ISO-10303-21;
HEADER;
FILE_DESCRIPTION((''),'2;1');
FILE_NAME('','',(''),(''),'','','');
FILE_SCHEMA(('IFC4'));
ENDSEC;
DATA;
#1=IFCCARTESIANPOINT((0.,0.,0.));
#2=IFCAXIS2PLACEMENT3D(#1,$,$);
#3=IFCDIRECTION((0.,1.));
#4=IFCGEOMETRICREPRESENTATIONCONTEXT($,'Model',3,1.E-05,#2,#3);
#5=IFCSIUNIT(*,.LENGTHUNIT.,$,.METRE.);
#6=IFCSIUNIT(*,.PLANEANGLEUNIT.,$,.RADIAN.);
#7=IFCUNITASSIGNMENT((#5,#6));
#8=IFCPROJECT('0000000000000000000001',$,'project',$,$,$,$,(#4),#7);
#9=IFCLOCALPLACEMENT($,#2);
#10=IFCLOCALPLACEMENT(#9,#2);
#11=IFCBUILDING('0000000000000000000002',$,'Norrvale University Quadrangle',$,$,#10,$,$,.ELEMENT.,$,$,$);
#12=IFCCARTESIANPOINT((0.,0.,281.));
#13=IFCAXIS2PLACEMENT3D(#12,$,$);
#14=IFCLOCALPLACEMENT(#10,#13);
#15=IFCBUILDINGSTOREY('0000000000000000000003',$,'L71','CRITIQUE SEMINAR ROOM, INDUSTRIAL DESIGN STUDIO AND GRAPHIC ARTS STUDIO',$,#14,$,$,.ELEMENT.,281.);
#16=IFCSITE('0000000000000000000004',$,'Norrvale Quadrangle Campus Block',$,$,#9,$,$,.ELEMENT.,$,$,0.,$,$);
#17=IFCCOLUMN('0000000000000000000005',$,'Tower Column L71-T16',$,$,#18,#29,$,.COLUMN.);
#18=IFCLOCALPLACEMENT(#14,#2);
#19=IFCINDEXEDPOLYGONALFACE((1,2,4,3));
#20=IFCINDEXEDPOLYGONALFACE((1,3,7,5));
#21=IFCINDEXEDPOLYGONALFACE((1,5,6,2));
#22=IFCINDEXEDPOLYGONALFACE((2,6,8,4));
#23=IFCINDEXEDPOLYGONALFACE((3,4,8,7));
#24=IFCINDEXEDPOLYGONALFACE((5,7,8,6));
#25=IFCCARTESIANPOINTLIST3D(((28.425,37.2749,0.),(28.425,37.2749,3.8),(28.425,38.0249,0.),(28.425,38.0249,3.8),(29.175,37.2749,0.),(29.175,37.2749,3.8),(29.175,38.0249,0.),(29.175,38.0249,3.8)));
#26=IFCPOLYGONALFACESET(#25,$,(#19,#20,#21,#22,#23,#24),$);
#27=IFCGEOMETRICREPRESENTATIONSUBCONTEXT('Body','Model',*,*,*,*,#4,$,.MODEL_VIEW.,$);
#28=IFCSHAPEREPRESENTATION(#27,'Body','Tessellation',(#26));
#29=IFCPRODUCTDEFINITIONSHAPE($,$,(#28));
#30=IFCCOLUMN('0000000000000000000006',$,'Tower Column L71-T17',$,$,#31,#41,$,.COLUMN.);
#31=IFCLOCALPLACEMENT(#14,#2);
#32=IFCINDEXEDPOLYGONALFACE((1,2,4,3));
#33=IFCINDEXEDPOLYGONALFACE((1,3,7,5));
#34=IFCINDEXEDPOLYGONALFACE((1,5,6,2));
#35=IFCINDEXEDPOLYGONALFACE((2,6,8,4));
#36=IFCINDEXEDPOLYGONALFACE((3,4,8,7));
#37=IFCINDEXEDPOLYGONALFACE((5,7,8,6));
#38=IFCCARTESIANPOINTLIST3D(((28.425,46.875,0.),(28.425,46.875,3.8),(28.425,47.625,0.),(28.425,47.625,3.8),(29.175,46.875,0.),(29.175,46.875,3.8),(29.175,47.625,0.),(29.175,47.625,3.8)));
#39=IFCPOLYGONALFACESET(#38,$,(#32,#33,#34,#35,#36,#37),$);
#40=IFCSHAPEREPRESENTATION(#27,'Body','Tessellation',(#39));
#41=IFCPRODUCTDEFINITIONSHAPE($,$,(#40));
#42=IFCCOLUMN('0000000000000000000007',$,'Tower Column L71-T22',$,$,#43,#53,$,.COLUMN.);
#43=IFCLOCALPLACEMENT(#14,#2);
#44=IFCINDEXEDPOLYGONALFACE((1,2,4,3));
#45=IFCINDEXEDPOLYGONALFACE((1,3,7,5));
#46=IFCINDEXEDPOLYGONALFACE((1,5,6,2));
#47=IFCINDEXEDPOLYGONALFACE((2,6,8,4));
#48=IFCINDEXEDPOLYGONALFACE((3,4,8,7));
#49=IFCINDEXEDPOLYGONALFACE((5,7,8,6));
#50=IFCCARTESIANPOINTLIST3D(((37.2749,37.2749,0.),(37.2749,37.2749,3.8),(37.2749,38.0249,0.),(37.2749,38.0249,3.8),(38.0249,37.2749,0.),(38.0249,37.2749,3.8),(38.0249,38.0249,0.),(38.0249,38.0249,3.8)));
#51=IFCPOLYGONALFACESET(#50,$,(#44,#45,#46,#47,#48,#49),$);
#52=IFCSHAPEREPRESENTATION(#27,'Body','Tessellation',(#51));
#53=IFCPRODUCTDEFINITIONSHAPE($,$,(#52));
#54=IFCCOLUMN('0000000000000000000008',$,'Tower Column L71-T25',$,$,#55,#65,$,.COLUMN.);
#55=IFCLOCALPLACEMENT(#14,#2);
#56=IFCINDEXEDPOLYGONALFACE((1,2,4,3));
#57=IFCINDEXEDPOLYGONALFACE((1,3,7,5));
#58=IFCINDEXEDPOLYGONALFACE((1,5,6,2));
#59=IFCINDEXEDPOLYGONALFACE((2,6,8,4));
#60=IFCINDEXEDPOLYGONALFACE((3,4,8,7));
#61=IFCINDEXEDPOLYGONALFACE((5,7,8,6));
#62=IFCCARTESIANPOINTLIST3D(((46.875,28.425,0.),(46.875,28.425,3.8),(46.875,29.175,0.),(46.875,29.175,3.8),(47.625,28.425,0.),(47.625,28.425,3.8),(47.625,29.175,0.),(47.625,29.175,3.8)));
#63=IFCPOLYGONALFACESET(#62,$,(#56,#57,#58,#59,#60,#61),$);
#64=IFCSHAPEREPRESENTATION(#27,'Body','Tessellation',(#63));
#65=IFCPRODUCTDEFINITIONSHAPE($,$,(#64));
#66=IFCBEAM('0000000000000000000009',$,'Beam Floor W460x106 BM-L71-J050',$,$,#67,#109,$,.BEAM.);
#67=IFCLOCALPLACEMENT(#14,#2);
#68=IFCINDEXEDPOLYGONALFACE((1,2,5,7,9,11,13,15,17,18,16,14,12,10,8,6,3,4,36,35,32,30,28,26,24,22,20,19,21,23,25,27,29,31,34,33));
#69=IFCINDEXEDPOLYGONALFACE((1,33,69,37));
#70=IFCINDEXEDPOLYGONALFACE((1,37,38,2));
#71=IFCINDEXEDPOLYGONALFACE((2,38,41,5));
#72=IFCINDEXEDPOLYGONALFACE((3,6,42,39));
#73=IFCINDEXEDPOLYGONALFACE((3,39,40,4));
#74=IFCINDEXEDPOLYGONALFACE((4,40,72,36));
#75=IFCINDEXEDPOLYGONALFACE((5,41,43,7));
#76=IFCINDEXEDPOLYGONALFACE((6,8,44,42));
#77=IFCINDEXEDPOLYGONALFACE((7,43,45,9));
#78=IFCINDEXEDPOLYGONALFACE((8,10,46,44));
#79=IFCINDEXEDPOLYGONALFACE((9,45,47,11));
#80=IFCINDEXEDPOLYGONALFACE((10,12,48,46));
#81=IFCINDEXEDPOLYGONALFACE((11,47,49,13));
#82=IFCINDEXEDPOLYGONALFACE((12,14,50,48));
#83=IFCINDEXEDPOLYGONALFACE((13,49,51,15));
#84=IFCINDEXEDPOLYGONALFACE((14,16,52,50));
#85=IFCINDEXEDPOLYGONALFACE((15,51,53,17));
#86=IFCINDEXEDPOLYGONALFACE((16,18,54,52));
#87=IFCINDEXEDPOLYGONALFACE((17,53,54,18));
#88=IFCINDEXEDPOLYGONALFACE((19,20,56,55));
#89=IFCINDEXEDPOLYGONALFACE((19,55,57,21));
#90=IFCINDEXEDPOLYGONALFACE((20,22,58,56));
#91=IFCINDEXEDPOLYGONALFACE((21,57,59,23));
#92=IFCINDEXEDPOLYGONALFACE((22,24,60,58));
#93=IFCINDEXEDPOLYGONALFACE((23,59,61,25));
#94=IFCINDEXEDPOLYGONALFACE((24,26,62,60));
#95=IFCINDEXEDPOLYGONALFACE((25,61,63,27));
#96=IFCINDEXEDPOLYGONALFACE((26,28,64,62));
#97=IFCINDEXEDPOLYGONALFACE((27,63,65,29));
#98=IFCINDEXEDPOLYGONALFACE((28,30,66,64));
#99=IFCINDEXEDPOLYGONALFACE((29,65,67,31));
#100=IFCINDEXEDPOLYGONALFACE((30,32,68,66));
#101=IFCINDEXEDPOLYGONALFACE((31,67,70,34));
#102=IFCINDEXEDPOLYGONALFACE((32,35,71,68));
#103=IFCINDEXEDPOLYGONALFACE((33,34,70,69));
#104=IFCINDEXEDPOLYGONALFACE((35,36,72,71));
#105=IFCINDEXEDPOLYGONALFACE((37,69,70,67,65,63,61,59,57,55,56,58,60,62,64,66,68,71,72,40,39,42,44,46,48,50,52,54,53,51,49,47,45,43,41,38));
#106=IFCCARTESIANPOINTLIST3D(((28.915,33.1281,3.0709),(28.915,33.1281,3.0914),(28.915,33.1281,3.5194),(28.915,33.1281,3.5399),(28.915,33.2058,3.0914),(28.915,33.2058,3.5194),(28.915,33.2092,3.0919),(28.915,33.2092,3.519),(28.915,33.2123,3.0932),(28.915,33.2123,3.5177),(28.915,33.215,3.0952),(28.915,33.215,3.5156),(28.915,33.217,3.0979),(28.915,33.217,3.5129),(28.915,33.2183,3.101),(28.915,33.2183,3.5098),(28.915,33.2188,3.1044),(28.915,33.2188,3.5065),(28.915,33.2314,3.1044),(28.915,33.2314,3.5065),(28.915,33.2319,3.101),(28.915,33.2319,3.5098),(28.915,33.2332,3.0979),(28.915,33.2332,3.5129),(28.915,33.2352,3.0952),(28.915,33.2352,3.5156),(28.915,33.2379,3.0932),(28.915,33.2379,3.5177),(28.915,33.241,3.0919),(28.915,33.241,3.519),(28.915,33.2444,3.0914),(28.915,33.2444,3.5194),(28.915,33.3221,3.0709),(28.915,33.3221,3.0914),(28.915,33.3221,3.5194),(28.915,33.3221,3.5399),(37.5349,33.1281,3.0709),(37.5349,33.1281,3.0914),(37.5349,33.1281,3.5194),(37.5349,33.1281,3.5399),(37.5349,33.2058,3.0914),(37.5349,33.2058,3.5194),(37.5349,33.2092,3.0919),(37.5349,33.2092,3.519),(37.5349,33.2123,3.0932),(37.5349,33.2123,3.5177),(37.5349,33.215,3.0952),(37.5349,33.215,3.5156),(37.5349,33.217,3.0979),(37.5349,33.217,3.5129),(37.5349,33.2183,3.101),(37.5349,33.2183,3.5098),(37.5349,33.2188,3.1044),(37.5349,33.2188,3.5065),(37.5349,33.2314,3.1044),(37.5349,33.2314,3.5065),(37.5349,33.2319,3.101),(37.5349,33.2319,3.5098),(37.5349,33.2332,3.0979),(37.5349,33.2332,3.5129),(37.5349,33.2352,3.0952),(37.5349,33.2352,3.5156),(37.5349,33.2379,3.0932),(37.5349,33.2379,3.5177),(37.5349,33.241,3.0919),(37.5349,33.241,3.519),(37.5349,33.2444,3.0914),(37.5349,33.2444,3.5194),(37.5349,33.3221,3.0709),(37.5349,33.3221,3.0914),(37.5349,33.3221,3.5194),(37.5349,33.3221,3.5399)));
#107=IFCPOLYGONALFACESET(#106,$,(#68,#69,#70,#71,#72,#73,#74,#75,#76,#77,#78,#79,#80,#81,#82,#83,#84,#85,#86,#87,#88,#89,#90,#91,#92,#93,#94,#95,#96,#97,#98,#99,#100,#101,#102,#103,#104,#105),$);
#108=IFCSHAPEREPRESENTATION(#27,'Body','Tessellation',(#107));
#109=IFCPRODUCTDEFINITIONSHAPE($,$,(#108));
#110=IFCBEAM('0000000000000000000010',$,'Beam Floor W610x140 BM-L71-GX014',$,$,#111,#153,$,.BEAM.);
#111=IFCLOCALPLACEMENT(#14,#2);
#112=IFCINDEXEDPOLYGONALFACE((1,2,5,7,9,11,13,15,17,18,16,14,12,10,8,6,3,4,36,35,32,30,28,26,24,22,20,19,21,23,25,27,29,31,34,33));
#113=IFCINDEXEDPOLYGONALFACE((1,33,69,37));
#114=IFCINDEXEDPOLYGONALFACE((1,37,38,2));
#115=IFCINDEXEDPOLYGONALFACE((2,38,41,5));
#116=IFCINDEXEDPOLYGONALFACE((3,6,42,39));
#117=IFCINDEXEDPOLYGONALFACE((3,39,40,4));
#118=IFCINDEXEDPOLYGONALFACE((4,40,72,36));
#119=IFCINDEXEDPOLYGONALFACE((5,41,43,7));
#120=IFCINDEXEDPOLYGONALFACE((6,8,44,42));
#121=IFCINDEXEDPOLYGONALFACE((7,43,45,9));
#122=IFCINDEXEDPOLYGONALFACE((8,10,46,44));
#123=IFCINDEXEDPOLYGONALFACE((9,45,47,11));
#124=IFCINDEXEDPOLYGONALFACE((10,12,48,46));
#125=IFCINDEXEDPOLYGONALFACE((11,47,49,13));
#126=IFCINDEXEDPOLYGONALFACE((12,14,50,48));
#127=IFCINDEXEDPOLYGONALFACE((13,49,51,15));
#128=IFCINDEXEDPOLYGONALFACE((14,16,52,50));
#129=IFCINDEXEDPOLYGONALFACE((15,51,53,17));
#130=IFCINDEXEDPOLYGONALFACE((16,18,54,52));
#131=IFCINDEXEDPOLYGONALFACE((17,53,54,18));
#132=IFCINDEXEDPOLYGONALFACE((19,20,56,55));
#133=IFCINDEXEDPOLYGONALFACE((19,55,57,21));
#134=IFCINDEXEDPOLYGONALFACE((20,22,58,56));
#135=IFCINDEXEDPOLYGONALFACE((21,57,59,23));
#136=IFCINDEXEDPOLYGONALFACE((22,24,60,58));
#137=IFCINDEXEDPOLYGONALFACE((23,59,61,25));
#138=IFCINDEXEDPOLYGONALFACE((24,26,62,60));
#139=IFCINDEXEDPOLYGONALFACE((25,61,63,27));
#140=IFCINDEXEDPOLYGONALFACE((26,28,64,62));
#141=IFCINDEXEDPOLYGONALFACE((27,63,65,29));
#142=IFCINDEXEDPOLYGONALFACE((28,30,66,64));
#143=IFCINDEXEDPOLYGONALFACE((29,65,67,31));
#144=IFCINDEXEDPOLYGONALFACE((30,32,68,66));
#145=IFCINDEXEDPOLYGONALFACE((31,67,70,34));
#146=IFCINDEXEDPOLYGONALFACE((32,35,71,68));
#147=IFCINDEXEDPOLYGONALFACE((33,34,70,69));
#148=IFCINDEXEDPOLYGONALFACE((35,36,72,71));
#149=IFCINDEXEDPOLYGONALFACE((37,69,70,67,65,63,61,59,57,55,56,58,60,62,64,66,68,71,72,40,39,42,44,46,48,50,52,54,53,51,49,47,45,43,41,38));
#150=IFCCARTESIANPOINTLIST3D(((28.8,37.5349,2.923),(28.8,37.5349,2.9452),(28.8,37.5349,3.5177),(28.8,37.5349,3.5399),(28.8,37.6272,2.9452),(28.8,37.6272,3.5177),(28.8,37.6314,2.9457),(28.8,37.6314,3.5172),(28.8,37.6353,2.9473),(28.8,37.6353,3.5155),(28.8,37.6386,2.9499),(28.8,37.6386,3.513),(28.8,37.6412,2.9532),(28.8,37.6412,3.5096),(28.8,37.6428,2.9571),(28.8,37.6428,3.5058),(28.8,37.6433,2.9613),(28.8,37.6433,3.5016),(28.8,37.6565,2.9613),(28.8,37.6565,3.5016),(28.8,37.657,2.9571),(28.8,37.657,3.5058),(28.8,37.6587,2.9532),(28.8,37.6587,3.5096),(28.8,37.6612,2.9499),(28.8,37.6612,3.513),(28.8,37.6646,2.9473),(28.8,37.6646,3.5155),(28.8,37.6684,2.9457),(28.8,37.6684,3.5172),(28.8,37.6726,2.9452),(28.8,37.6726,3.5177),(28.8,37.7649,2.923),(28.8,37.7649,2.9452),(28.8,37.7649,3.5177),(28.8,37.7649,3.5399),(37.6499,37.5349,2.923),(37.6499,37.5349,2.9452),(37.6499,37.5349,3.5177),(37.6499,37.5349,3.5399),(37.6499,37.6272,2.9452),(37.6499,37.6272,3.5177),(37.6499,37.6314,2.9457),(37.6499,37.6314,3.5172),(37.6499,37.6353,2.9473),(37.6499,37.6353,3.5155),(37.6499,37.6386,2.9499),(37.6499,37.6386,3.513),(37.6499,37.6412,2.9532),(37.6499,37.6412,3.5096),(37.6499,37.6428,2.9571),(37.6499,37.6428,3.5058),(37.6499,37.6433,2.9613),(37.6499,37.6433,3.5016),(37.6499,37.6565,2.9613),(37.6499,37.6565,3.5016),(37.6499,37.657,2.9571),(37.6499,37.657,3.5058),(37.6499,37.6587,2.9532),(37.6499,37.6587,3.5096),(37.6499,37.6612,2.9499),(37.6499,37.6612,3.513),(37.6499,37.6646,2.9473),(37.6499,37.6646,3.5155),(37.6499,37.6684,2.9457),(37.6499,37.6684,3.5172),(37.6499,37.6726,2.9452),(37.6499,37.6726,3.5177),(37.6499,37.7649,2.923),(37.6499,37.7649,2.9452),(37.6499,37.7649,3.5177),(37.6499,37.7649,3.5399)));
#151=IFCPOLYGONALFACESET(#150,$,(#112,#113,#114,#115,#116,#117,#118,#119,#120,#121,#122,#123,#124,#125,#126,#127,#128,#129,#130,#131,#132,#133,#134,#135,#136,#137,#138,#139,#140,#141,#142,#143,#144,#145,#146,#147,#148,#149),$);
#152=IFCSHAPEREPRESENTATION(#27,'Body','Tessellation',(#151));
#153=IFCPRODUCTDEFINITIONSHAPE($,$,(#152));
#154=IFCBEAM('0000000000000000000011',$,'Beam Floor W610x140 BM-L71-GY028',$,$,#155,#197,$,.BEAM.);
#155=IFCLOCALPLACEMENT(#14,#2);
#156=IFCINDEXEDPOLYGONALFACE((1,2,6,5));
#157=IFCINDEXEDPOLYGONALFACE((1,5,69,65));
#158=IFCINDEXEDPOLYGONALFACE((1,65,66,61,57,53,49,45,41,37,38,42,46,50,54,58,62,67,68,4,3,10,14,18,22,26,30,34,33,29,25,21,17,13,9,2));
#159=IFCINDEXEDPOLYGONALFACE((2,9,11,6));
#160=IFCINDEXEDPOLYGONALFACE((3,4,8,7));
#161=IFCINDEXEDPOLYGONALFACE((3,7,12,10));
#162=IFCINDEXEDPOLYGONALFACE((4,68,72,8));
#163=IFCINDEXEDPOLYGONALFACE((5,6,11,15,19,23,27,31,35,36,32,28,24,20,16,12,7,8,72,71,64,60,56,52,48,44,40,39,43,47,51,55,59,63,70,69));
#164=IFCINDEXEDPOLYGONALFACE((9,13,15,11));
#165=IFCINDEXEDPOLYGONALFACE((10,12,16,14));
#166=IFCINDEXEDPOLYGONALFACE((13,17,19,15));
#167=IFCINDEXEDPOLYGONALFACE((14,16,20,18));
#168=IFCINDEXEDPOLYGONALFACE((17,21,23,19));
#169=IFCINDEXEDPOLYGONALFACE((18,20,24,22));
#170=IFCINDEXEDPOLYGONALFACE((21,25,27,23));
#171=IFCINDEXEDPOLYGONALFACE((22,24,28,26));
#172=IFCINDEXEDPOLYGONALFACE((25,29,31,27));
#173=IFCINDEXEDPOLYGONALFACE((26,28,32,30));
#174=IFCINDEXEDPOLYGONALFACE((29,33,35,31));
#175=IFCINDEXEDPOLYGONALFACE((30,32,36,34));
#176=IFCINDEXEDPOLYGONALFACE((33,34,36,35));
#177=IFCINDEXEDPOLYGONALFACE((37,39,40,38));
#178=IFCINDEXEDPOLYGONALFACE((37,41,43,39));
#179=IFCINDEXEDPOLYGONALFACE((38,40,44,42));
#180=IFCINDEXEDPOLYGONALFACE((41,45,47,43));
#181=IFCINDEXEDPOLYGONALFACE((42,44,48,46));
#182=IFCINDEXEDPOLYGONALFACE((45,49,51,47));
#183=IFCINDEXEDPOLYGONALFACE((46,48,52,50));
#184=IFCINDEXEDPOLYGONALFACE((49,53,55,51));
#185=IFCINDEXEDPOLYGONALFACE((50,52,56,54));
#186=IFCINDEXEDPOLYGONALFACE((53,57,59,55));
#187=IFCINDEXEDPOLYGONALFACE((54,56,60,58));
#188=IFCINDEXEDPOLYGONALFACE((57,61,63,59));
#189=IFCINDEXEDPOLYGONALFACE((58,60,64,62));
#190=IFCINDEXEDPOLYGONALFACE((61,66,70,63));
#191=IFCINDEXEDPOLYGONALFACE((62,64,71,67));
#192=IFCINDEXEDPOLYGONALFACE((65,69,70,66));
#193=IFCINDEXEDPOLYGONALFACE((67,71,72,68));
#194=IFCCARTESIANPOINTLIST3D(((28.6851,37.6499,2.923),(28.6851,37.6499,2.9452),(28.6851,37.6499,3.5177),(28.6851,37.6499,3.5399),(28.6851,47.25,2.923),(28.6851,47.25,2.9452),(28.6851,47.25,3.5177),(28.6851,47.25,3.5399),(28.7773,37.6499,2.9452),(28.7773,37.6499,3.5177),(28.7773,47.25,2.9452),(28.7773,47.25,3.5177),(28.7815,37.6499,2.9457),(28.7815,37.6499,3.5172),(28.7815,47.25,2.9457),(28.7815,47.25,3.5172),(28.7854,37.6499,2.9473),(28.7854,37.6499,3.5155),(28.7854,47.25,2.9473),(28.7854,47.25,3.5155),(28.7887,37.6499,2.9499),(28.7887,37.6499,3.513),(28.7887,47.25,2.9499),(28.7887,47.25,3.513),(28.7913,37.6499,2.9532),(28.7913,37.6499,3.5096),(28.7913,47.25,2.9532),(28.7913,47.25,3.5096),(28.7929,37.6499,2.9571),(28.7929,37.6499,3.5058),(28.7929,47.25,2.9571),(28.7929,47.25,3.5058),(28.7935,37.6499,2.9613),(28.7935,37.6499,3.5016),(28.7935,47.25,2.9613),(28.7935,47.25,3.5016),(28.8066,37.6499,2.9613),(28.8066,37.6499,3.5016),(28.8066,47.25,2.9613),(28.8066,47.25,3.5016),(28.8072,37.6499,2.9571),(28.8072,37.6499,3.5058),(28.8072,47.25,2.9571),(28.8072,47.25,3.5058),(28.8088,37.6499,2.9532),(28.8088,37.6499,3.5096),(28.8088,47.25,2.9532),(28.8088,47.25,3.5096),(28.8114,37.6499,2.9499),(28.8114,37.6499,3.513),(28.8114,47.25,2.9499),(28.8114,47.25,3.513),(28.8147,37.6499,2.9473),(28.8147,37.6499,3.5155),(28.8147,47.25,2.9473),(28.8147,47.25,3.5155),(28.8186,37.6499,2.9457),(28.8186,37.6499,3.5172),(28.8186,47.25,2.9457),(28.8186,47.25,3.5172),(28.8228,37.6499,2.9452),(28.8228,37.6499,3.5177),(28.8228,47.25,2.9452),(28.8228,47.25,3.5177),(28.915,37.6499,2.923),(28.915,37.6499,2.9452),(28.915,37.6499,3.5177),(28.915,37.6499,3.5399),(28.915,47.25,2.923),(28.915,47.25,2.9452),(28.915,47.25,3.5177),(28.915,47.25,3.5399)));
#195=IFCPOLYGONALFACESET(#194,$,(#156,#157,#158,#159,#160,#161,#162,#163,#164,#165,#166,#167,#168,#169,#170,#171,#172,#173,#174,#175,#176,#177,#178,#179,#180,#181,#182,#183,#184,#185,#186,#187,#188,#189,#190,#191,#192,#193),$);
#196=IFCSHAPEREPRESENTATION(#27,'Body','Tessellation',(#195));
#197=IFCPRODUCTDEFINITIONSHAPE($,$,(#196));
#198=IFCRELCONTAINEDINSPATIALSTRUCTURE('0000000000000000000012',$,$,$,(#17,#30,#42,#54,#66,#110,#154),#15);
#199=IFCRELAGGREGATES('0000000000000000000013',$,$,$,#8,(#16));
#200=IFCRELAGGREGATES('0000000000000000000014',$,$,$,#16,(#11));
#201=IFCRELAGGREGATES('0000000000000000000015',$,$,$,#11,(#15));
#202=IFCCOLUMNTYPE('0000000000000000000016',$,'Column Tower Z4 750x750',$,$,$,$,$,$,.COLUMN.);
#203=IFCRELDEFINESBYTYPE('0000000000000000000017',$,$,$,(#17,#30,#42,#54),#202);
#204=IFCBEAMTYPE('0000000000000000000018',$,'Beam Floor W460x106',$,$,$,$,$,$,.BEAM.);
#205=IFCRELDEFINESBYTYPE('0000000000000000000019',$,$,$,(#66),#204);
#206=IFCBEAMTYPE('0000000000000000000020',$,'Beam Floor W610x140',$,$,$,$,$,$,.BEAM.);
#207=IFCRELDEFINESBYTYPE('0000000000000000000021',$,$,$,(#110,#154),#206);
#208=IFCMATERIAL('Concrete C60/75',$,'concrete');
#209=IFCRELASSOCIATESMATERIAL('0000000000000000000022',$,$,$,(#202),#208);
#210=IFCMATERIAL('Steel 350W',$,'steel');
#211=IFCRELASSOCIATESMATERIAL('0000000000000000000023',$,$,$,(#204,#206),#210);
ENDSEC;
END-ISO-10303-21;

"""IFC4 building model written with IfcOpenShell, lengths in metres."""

from ifc_helpers import new_model, si_unit, direction, frame, origin, origin_2d, place, context, subcontext, project, spatial, rectangle, i_section, extrude, material, material_profile, profile_set, type_object, element, save


model = new_model("IFC4")

# Units and contexts
model_context = context("Model", 3, precision=1e-05, world=origin(), true_north=direction((0.0, 1.0)))
body_context = subcontext(model_context, "Body", "Model", "MODEL_VIEW")
ifc_project = project(units=[si_unit("LENGTHUNIT", "METRE"), si_unit("PLANEANGLEUNIT", "RADIAN")], contexts=[model_context])

# Site, building, storey
site_placement = place(None, origin())
site = spatial("IfcSite", under=ifc_project, at=site_placement, Name="Norrvale Quadrangle Campus Block", CompositionType="ELEMENT", RefElevation=0.0)
building_placement = place(site_placement, origin())
building = spatial("IfcBuilding", under=site, at=building_placement, Name="Norrvale University Quadrangle", CompositionType="ELEMENT")
storey_placement = place(building_placement, frame((0.0, 0.0, 281.0)))
storey = spatial("IfcBuildingStorey", under=building, at=storey_placement, Name="L71", Description="CRITIQUE SEMINAR ROOM, INDUSTRIAL DESIGN STUDIO AND GRAPHIC ARTS STUDIO", CompositionType="ELEMENT", Elevation=281.0)

# Columns
ifc_material_1 = material(Name="Concrete C60/75", Category="concrete")
ifc_material_profile_1 = material_profile(ifc_material_1, rectangle(XDim=0.75, YDim=0.75, at=origin_2d()), Name="Concrete C60/75")
ifc_profile_set_1 = profile_set([ifc_material_profile_1], Name="Concrete C60/75")
column_type = type_object("IfcColumnType", Name="Column Tower Z4 750x750", PredefinedType="COLUMN", material=ifc_profile_set_1)
for number, where, z_axis, x_axis, name in (
    (1, (28.8, 37.6499, 0.0), (0.0, 0.0, 1.0), (1.0, 0.0, 0.0), "Tower Column L71-T16"),
    (2, (28.8, 47.25, 0.0), (0.0, 0.0, 1.0), (1.0, 0.0, 0.0), "Tower Column L71-T17"),
    (3, (37.6499, 37.6499, 0.0), (0.0, 0.0, 1.0), (1.0, 0.0, 0.0), "Tower Column L71-T22"),
    (4, (47.25, 28.8, 0.0), (0.0, 0.0, 1.0), (1.0, 0.0, 0.0), "Tower Column L71-T25"),
):
    element("IfcColumn", number, at=place(storey_placement, frame(where, z_axis=z_axis, x_axis=x_axis)), inside=storey, type_object=column_type, Name=name, PredefinedType="COLUMN", context=body_context, shape_type="SweptSolid", body=[
        extrude(rectangle(XDim=0.75, YDim=0.75, at=origin_2d()), origin(), (0.0, 0.0, 1.0), 3.8),
    ])

# Beams
ifc_material_2 = material(Name="Steel 350W", Category="steel")
ifc_material_profile_2 = material_profile(ifc_material_2, i_section(OverallWidth=0.1941, OverallDepth=0.469, WebThickness=0.0127, FlangeThickness=0.0205, FilletRadius=0.0129, at=origin_2d()), Name="Steel 350W")
ifc_profile_set_2 = profile_set([ifc_material_profile_2], Name="Steel 350W")
beam_type_1 = type_object("IfcBeamType", Name="Beam Floor W460x106", PredefinedType="BEAM", material=ifc_profile_set_2)
beam_1_placement = place(storey_placement, frame((28.915, 33.2251, 3.3054), z_axis=(1.0, 0.0, 0.0), x_axis=(0.0, 1.0, 0.0)))
element("IfcBeam", 5, at=beam_1_placement, inside=storey, type_object=beam_type_1, Name="Beam Floor W460x106 BM-L71-J050", PredefinedType="BEAM", context=body_context, shape_type="SweptSolid", body=[
    extrude(i_section(OverallWidth=0.1941, OverallDepth=0.469, WebThickness=0.0127, FlangeThickness=0.0205, FilletRadius=0.0129, at=origin_2d()), origin(), (0.0, 0.0, 1.0), 8.6199),
])
ifc_material_profile_3 = material_profile(ifc_material_2, i_section(OverallWidth=0.23, OverallDepth=0.6169, WebThickness=0.0132, FlangeThickness=0.0222, FilletRadius=0.0161, at=origin_2d()), Name="Steel 350W")
ifc_profile_set_3 = profile_set([ifc_material_profile_3], Name="Steel 350W")
beam_type_2 = type_object("IfcBeamType", Name="Beam Floor W610x140", PredefinedType="BEAM", material=ifc_profile_set_3)
beam_2_placement = place(storey_placement, frame((28.8, 37.6499, 3.2314), z_axis=(1.0, 0.0, 0.0), x_axis=(0.0, 1.0, 0.0)))
element("IfcBeam", 6, at=beam_2_placement, inside=storey, type_object=beam_type_2, Name="Beam Floor W610x140 BM-L71-GX014", PredefinedType="BEAM", context=body_context, shape_type="SweptSolid", body=[
    extrude(i_section(OverallWidth=0.23, OverallDepth=0.6169, WebThickness=0.0132, FlangeThickness=0.0222, FilletRadius=0.0161, at=origin_2d()), origin(), (0.0, 0.0, 1.0), 8.8499),
])
beam_3_placement = place(storey_placement, frame((28.8, 37.6499, 3.2314), z_axis=(0.0, 1.0, 0.0), x_axis=(-1.0, 0.0, 0.0)))
element("IfcBeam", 7, at=beam_3_placement, inside=storey, type_object=beam_type_2, Name="Beam Floor W610x140 BM-L71-GY028", PredefinedType="BEAM", context=body_context, shape_type="SweptSolid", body=[
    extrude(i_section(OverallWidth=0.23, OverallDepth=0.6169, WebThickness=0.0132, FlangeThickness=0.0222, FilletRadius=0.0161, at=origin_2d()), origin(), (0.0, 0.0, 1.0), 9.6001),
])

save(model, "model.ifc")
